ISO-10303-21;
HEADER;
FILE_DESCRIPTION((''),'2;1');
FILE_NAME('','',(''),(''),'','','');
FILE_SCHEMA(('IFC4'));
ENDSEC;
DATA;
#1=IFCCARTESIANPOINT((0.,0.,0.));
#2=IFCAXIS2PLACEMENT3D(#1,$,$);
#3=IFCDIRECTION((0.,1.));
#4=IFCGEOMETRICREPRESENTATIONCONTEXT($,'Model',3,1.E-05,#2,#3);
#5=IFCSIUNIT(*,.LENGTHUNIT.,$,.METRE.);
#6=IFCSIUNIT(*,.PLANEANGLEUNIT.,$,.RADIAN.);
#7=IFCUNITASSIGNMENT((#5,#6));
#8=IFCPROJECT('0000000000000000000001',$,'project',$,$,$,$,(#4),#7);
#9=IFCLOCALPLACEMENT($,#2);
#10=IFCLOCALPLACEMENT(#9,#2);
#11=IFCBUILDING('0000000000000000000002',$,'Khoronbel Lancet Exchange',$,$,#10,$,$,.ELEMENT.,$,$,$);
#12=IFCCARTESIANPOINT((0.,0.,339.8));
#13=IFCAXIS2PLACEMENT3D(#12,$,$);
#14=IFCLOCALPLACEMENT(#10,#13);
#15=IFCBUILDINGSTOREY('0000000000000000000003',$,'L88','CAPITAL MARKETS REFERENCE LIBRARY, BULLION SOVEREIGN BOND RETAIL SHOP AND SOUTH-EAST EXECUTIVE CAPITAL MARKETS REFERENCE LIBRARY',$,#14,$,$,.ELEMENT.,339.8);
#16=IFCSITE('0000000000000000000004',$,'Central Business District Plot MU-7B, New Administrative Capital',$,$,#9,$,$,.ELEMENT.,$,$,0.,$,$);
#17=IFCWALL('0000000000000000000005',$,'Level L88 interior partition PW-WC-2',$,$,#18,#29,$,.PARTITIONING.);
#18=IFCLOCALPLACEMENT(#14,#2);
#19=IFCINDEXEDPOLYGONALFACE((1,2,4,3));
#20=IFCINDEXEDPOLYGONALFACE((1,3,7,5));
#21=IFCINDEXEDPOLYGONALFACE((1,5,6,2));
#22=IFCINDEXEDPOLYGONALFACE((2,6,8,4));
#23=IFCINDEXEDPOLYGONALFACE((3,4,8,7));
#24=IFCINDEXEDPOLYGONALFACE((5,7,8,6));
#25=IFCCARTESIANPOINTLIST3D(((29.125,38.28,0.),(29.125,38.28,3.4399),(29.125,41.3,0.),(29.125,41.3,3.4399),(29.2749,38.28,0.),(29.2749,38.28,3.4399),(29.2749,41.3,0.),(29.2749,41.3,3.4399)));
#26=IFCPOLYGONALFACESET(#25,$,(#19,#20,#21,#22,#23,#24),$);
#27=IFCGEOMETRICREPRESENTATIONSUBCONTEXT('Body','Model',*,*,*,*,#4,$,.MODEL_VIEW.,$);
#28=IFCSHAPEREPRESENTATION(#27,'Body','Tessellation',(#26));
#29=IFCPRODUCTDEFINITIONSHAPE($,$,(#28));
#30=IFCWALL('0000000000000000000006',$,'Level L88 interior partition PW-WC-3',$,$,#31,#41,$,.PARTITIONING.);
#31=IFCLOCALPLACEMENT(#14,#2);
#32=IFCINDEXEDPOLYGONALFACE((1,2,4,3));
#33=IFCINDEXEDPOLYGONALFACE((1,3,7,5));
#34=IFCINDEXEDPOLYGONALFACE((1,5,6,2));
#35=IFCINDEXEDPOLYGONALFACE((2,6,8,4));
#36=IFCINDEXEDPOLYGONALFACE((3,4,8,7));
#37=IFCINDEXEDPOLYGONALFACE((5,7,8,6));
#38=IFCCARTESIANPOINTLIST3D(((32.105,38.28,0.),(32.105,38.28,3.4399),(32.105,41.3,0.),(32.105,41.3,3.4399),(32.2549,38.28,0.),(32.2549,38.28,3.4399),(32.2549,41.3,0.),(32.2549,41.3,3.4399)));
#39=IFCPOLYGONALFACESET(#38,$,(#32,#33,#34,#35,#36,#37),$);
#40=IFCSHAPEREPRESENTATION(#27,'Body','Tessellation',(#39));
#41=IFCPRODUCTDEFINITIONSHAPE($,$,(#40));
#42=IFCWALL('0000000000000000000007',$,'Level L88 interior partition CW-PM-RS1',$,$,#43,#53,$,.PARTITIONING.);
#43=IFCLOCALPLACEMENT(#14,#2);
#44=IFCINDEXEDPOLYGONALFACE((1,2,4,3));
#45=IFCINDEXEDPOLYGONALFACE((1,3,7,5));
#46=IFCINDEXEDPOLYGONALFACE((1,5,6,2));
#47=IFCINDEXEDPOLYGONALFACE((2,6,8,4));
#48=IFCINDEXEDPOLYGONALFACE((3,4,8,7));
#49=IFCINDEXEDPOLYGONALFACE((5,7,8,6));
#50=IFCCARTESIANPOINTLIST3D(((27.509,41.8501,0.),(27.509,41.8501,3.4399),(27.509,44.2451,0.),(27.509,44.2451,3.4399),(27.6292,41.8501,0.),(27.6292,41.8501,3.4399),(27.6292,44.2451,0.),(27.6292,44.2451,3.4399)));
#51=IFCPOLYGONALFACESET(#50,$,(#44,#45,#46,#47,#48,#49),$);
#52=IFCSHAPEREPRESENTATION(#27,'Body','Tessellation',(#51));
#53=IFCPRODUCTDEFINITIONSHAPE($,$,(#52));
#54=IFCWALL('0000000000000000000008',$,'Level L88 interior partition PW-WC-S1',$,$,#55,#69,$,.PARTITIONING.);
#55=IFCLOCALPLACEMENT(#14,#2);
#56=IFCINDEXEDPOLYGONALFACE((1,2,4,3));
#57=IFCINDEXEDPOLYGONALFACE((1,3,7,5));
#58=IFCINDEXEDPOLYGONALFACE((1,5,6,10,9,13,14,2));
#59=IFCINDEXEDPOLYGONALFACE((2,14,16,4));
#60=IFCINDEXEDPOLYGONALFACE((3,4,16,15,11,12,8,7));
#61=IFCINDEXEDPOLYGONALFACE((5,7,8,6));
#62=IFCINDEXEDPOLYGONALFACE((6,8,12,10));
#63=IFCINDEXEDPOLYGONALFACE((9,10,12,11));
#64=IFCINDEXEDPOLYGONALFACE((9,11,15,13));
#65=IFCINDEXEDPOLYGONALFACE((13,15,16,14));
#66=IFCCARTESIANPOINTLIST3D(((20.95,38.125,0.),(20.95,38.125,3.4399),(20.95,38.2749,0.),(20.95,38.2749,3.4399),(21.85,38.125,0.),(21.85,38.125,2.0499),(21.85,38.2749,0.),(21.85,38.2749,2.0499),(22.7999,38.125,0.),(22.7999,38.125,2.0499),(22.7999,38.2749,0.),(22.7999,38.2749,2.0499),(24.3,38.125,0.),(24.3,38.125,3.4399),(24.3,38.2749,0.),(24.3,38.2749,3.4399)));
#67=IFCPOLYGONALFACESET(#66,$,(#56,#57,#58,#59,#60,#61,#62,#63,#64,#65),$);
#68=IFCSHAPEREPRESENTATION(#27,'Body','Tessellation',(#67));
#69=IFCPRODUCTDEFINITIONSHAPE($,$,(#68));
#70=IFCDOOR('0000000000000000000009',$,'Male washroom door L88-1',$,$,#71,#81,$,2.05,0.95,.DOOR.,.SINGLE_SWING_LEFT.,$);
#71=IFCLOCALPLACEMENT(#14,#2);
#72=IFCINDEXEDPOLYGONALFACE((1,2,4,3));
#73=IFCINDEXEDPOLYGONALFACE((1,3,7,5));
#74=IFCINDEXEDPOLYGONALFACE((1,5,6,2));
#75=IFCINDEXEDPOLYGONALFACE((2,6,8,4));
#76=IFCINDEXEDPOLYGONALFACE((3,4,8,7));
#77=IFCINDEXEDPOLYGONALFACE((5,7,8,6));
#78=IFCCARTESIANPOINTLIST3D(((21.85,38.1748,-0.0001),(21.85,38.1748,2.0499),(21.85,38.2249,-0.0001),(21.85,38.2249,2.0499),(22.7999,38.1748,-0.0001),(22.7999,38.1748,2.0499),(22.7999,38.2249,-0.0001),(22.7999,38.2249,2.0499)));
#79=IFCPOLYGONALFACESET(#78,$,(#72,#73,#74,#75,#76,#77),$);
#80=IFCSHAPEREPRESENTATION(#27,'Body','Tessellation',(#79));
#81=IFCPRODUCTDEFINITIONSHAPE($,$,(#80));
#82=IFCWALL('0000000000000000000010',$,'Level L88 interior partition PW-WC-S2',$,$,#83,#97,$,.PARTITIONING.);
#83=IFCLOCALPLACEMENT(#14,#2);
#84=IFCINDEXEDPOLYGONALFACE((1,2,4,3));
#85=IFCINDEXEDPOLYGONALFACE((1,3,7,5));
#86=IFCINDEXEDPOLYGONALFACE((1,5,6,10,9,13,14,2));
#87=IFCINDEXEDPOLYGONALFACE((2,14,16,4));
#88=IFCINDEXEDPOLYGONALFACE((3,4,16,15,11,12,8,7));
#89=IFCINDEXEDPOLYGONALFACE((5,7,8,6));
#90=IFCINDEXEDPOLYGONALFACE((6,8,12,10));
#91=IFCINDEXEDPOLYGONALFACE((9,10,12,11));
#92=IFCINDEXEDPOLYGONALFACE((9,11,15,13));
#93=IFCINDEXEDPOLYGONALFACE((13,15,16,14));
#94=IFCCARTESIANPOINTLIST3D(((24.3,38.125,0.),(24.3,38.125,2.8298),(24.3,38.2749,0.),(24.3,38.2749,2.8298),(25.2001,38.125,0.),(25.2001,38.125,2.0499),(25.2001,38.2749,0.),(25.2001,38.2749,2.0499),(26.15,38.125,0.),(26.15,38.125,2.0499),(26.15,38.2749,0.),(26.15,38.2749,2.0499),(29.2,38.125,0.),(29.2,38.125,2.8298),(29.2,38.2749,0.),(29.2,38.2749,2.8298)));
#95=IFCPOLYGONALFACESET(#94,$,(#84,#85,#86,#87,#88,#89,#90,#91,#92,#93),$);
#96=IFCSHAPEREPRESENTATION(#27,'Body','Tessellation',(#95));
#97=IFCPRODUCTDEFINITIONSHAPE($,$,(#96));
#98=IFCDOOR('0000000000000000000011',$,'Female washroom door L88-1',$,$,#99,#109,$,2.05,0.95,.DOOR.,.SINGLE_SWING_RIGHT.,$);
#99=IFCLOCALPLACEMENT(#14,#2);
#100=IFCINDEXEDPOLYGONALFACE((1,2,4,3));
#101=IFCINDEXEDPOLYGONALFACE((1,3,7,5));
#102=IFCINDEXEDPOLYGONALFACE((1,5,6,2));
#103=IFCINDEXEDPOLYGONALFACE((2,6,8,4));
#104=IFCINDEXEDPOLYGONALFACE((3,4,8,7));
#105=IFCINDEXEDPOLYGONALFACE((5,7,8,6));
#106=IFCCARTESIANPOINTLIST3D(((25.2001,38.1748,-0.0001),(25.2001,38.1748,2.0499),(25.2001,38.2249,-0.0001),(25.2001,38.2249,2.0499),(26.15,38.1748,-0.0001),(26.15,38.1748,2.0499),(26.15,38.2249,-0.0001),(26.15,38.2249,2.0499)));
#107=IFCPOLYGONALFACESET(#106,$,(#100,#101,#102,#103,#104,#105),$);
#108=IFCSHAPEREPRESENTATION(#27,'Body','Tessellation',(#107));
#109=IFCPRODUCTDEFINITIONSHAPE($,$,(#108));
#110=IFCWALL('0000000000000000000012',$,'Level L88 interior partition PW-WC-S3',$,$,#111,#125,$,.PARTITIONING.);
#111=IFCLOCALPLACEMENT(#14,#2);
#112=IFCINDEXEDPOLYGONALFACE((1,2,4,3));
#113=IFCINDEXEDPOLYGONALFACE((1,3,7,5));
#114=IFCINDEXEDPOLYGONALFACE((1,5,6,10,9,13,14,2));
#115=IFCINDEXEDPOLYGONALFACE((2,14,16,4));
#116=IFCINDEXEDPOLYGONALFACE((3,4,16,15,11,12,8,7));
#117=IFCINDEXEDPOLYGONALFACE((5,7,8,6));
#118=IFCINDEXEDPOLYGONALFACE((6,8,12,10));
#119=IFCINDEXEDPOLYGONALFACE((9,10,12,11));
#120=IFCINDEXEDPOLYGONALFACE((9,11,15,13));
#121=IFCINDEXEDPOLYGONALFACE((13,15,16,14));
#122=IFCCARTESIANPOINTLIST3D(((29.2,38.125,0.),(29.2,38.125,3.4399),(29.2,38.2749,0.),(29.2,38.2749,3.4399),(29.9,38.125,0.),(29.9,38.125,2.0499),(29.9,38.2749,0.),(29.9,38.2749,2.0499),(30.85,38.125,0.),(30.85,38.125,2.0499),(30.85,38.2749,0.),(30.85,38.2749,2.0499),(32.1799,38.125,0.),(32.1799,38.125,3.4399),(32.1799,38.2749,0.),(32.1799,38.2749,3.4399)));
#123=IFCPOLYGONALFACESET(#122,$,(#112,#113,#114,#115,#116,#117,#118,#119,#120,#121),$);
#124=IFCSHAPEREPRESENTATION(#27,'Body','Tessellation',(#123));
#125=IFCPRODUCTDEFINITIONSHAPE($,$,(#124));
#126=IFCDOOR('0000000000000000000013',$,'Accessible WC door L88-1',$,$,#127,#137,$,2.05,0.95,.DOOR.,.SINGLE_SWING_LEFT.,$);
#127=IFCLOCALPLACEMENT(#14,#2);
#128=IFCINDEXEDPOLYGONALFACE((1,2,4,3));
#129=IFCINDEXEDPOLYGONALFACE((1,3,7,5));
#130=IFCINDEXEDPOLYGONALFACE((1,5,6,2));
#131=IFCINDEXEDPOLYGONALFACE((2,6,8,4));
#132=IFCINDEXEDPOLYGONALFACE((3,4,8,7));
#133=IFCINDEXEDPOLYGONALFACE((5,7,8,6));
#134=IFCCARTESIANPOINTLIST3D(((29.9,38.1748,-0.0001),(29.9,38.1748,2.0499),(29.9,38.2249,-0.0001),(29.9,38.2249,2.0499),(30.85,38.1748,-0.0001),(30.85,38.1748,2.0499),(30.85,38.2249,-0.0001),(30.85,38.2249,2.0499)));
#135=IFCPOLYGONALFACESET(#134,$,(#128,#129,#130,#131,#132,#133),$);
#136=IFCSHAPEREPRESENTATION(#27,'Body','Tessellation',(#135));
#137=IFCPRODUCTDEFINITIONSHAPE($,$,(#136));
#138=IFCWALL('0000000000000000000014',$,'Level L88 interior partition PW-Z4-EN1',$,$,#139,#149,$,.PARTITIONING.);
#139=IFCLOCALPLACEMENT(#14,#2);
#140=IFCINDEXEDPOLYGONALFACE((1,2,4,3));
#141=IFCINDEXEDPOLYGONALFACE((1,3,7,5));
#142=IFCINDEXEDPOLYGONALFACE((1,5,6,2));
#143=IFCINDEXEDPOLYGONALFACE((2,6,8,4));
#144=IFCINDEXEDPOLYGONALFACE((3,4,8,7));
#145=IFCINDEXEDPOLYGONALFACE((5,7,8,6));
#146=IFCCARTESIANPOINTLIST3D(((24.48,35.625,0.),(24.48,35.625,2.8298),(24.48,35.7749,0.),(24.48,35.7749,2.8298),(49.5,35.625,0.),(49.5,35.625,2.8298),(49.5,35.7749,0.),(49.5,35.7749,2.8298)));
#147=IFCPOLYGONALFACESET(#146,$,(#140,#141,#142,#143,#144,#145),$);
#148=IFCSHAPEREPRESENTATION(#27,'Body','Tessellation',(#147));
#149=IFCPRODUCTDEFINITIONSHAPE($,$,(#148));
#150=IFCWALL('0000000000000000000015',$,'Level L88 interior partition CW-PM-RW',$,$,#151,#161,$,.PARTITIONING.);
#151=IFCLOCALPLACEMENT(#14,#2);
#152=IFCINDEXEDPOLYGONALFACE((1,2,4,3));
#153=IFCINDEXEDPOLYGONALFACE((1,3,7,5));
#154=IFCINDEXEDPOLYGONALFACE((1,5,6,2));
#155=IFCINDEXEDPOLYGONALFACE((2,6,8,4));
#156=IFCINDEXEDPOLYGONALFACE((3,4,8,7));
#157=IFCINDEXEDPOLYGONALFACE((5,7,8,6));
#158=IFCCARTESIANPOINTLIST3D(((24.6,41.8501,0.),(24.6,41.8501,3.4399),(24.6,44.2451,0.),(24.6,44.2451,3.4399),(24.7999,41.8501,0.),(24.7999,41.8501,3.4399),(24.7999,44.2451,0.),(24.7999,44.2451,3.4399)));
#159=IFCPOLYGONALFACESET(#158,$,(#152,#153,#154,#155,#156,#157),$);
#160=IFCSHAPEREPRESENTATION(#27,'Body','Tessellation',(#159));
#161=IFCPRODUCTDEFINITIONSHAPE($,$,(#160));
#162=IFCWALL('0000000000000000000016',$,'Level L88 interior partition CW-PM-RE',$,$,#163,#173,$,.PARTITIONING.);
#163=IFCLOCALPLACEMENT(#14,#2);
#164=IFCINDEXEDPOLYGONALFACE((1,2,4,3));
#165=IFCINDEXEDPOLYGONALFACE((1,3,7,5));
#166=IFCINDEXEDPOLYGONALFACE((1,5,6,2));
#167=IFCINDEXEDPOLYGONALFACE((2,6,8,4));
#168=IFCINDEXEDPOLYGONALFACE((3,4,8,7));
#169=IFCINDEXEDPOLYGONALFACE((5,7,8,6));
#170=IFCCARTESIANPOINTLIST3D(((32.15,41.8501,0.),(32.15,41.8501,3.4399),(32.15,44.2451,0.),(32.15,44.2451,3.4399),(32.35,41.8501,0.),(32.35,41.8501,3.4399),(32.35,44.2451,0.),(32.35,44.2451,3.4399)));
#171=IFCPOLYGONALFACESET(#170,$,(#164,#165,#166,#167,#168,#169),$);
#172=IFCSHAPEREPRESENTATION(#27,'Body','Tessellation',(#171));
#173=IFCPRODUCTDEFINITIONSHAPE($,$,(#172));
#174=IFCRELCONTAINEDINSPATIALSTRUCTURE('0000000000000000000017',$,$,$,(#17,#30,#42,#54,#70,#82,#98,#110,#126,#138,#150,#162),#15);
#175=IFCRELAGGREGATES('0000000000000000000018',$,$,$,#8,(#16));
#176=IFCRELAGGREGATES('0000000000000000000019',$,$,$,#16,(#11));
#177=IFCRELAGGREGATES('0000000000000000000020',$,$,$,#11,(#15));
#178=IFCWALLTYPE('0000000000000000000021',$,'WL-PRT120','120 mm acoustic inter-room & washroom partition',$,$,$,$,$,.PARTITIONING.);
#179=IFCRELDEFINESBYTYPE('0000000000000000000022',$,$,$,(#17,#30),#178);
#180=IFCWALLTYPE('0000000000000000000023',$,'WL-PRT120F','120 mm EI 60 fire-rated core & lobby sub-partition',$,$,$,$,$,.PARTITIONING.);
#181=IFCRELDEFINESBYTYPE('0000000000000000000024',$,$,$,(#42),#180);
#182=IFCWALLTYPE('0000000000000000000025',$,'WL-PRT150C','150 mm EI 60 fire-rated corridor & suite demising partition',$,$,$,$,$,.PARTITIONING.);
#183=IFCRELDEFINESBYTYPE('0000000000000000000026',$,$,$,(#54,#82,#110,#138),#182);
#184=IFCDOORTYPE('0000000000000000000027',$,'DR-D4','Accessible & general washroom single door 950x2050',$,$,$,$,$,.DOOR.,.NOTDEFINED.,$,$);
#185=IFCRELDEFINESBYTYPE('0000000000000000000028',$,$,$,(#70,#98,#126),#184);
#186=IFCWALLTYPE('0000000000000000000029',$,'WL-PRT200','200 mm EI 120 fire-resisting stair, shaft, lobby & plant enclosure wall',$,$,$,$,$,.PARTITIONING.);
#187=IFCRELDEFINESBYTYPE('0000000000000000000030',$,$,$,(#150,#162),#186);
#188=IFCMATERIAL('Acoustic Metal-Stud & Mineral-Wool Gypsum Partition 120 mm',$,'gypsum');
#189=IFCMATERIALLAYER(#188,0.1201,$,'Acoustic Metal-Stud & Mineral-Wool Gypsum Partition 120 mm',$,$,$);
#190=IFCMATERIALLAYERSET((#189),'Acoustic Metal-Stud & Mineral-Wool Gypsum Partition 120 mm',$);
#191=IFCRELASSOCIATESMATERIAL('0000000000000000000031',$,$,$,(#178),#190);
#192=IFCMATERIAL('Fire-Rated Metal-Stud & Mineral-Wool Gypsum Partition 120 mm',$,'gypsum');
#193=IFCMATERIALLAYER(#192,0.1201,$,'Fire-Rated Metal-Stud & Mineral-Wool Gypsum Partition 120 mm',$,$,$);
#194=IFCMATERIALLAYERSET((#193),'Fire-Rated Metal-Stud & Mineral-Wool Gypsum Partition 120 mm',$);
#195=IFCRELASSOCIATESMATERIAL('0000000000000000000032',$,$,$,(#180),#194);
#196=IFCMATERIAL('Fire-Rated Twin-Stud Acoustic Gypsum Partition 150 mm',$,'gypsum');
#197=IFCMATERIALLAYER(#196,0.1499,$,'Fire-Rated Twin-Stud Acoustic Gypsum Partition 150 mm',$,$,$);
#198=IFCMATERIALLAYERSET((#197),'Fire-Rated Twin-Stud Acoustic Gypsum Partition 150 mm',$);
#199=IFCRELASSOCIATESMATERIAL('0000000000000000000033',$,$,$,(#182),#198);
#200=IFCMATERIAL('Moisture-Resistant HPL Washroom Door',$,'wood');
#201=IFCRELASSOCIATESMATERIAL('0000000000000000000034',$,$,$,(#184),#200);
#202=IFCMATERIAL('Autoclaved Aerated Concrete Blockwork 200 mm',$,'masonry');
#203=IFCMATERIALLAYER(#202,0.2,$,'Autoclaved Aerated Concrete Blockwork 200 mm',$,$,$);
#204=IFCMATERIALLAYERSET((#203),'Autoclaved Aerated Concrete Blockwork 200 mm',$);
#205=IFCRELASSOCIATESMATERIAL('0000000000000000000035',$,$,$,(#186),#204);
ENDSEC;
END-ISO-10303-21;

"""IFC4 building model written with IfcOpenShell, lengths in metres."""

from ifc_helpers import new_model, si_unit, direction, frame, frame_2d, origin, place, context, subcontext, project, spatial, rectangle, extrude, material, layer, layer_set, type_object, element, fill, save


model = new_model("IFC4")

# Units and contexts
model_context = context("Model", 3, precision=1e-05, world=origin(), true_north=direction((0.0, 1.0)))
body_context = subcontext(model_context, "Body", "Model", "MODEL_VIEW")
ifc_project = project(units=[si_unit("LENGTHUNIT", "METRE"), si_unit("PLANEANGLEUNIT", "RADIAN")], contexts=[model_context])

# Site, building, storey
site_placement = place(None, origin())
site = spatial("IfcSite", under=ifc_project, at=site_placement, Name="Central Business District Plot MU-7B, New Administrative Capital", CompositionType="ELEMENT", RefElevation=0.0)
building_placement = place(site_placement, origin())
building = spatial("IfcBuilding", under=site, at=building_placement, Name="Khoronbel Lancet Exchange", CompositionType="ELEMENT")
storey_placement = place(building_placement, frame((0.0, 0.0, 339.8)))
storey = spatial("IfcBuildingStorey", under=building, at=storey_placement, Name="L88", Description="CAPITAL MARKETS REFERENCE LIBRARY, BULLION SOVEREIGN BOND RETAIL SHOP AND SOUTH-EAST EXECUTIVE CAPITAL MARKETS REFERENCE LIBRARY", CompositionType="ELEMENT", Elevation=339.8)

# Walls
ifc_material_1 = material(Name="Acoustic Metal-Stud & Mineral-Wool Gypsum Partition 120 mm", Category="gypsum")
ifc_layer_1 = layer(ifc_material_1, 0.1201, Name="Acoustic Metal-Stud & Mineral-Wool Gypsum Partition 120 mm")
ifc_layer_set_1 = layer_set([ifc_layer_1], Name="Acoustic Metal-Stud & Mineral-Wool Gypsum Partition 120 mm")
wall_type_1 = type_object("IfcWallType", Name="WL-PRT120", Description="120 mm acoustic inter-room & washroom partition", PredefinedType="PARTITIONING", material=ifc_layer_set_1)
for number, where, z_axis, x_axis, name in (
    (1, (29.2, 38.28, 0.0), (0.0, 0.0, 1.0), (0.0, 1.0, 0.0), "Level L88 interior partition PW-WC-2"),
    (2, (32.1799, 38.28, 0.0), (0.0, 0.0, 1.0), (0.0, 1.0, 0.0), "Level L88 interior partition PW-WC-3"),
):
    element("IfcWall", number, at=place(storey_placement, frame(where, z_axis=z_axis, x_axis=x_axis)), inside=storey, type_object=wall_type_1, Name=name, PredefinedType="PARTITIONING", context=body_context, shape_type="SweptSolid", body=[
        extrude(rectangle(XDim=3.02, YDim=0.1499, at=frame_2d((1.51, 0.0))), origin(), (0.0, 0.0, 1.0), 3.4399),
    ])
ifc_material_2 = material(Name="Fire-Rated Metal-Stud & Mineral-Wool Gypsum Partition 120 mm", Category="gypsum")
ifc_layer_2 = layer(ifc_material_2, 0.1201, Name="Fire-Rated Metal-Stud & Mineral-Wool Gypsum Partition 120 mm")
ifc_layer_set_2 = layer_set([ifc_layer_2], Name="Fire-Rated Metal-Stud & Mineral-Wool Gypsum Partition 120 mm")
wall_type_2 = type_object("IfcWallType", Name="WL-PRT120F", Description="120 mm EI 60 fire-rated core & lobby sub-partition", PredefinedType="PARTITIONING", material=ifc_layer_set_2)
wall_1_placement = place(storey_placement, frame((27.5691, 41.8501, 0.0), z_axis=(0.0, 0.0, 1.0), x_axis=(0.0, 1.0, 0.0)))
element("IfcWall", 3, at=wall_1_placement, inside=storey, type_object=wall_type_2, Name="Level L88 interior partition CW-PM-RS1", PredefinedType="PARTITIONING", context=body_context, shape_type="SweptSolid", body=[
    extrude(rectangle(XDim=2.395, YDim=0.1201, at=frame_2d((1.1975, 0.0))), origin(), (0.0, 0.0, 1.0), 3.4399),
])

# Walls, openings, doors
ifc_material_3 = material(Name="Fire-Rated Twin-Stud Acoustic Gypsum Partition 150 mm", Category="gypsum")
ifc_layer_3 = layer(ifc_material_3, 0.1499, Name="Fire-Rated Twin-Stud Acoustic Gypsum Partition 150 mm")
ifc_layer_set_3 = layer_set([ifc_layer_3], Name="Fire-Rated Twin-Stud Acoustic Gypsum Partition 150 mm")
wall_type_3 = type_object("IfcWallType", Name="WL-PRT150C", Description="150 mm EI 60 fire-rated corridor & suite demising partition", PredefinedType="PARTITIONING", material=ifc_layer_set_3)
wall_2_placement = place(storey_placement, frame((20.95, 38.2, 0.0), z_axis=(0.0, 0.0, 1.0), x_axis=(1.0, 0.0, 0.0)))
wall_2 = element("IfcWall", 4, at=wall_2_placement, inside=storey, type_object=wall_type_3, Name="Level L88 interior partition PW-WC-S1", PredefinedType="PARTITIONING", context=body_context, shape_type="SweptSolid", body=[
    extrude(rectangle(XDim=3.3501, YDim=0.1499, at=frame_2d((1.675, 0.0))), origin(), (0.0, 0.0, 1.0), 3.4399),
])
opening_1_placement = place(wall_2_placement, frame((0.8999, 0.0, 0.0)))
opening_1 = element("IfcOpeningElement", 5, at=opening_1_placement, cuts=wall_2, PredefinedType="OPENING", context=body_context, shape_type="SweptSolid", body=[
    extrude(rectangle(XDim=0.95, YDim=2.05, at=frame_2d((0.4751, 1.0249))), frame((0.0, 0.085, 0.0), z_axis=(0.0, -1.0, 0.0), x_axis=(1.0, 0.0, 0.0)), (0.0, 0.0, 1.0), 0.1699),
])
ifc_material_4 = material(Name="Moisture-Resistant HPL Washroom Door", Category="wood")
door_type_1 = type_object("IfcDoorType", Name="DR-D4", Description="Accessible & general washroom single door 950x2050", OperationType="NOTDEFINED", PredefinedType="DOOR", material=ifc_material_4)
door_1_placement = place(opening_1_placement, origin())
door_1 = element("IfcDoor", 6, at=door_1_placement, inside=storey, type_object=door_type_1, Name="Male washroom door L88-1", OperationType="SINGLE_SWING_LEFT", OverallHeight=2.05, OverallWidth=0.95, PredefinedType="DOOR", context=body_context, shape_type="SweptSolid", body=[
    extrude(rectangle(XDim=0.95, YDim=2.05, at=frame_2d((0.4751, 1.0249))), frame((0.0, 0.0249, 0.0), z_axis=(0.0, -1.0, 0.0), x_axis=(1.0, 0.0, 0.0)), (0.0, 0.0, 1.0), 0.05),
])
fill(opening_1, door_1)
wall_3_placement = place(storey_placement, frame((24.3, 38.2, 0.0), z_axis=(0.0, 0.0, 1.0), x_axis=(1.0, 0.0, 0.0)))
wall_3 = element("IfcWall", 7, at=wall_3_placement, inside=storey, type_object=wall_type_3, Name="Level L88 interior partition PW-WC-S2", PredefinedType="PARTITIONING", context=body_context, shape_type="SweptSolid", body=[
    extrude(rectangle(XDim=4.8999, YDim=0.1499, at=frame_2d((2.45, 0.0))), origin(), (0.0, 0.0, 1.0), 2.8298),
])
opening_2_placement = place(wall_3_placement, frame((0.8999, 0.0, 0.0)))
opening_2 = element("IfcOpeningElement", 8, at=opening_2_placement, cuts=wall_3, PredefinedType="OPENING", context=body_context, shape_type="SweptSolid", body=[
    extrude(rectangle(XDim=0.95, YDim=2.05, at=frame_2d((0.4751, 1.0249))), frame((0.0, 0.085, 0.0), z_axis=(0.0, -1.0, 0.0), x_axis=(1.0, 0.0, 0.0)), (0.0, 0.0, 1.0), 0.1699),
])
door_2_placement = place(opening_2_placement, origin())
door_2 = element("IfcDoor", 9, at=door_2_placement, inside=storey, type_object=door_type_1, Name="Female washroom door L88-1", OperationType="SINGLE_SWING_RIGHT", OverallHeight=2.05, OverallWidth=0.95, PredefinedType="DOOR", context=body_context, shape_type="SweptSolid", body=[
    extrude(rectangle(XDim=0.95, YDim=2.05, at=frame_2d((0.4751, 1.0249))), frame((0.0, 0.0249, 0.0), z_axis=(0.0, -1.0, 0.0), x_axis=(1.0, 0.0, 0.0)), (0.0, 0.0, 1.0), 0.05),
])
fill(opening_2, door_2)
wall_4_placement = place(storey_placement, frame((29.2, 38.2, 0.0), z_axis=(0.0, 0.0, 1.0), x_axis=(1.0, 0.0, 0.0)))
wall_4 = element("IfcWall", 10, at=wall_4_placement, inside=storey, type_object=wall_type_3, Name="Level L88 interior partition PW-WC-S3", PredefinedType="PARTITIONING", context=body_context, shape_type="SweptSolid", body=[
    extrude(rectangle(XDim=2.98, YDim=0.1499, at=frame_2d((1.49, 0.0))), origin(), (0.0, 0.0, 1.0), 3.4399),
])
opening_3_placement = place(wall_4_placement, frame((0.7, 0.0, 0.0)))
opening_3 = element("IfcOpeningElement", 11, at=opening_3_placement, cuts=wall_4, PredefinedType="OPENING", context=body_context, shape_type="SweptSolid", body=[
    extrude(rectangle(XDim=0.95, YDim=2.05, at=frame_2d((0.4751, 1.0249))), frame((0.0, 0.085, 0.0), z_axis=(0.0, -1.0, 0.0), x_axis=(1.0, 0.0, 0.0)), (0.0, 0.0, 1.0), 0.1699),
])
door_3_placement = place(opening_3_placement, origin())
door_3 = element("IfcDoor", 12, at=door_3_placement, inside=storey, type_object=door_type_1, Name="Accessible WC door L88-1", OperationType="SINGLE_SWING_LEFT", OverallHeight=2.05, OverallWidth=0.95, PredefinedType="DOOR", context=body_context, shape_type="SweptSolid", body=[
    extrude(rectangle(XDim=0.95, YDim=2.05, at=frame_2d((0.4751, 1.0249))), frame((0.0, 0.0249, 0.0), z_axis=(0.0, -1.0, 0.0), x_axis=(1.0, 0.0, 0.0)), (0.0, 0.0, 1.0), 0.05),
])
fill(opening_3, door_3)

# Wall
wall_5_placement = place(storey_placement, frame((24.48, 35.7, 0.0), z_axis=(0.0, 0.0, 1.0), x_axis=(1.0, 0.0, 0.0)))
element("IfcWall", 13, at=wall_5_placement, inside=storey, type_object=wall_type_3, Name="Level L88 interior partition PW-Z4-EN1", PredefinedType="PARTITIONING", context=body_context, shape_type="SweptSolid", body=[
    extrude(rectangle(XDim=25.02, YDim=0.1499, at=frame_2d((12.51, 0.0))), origin(), (0.0, 0.0, 1.0), 2.8298),
])

# Shared definitions
ifc_material_5 = material(Name="Autoclaved Aerated Concrete Blockwork 200 mm", Category="masonry")
ifc_layer_4 = layer(ifc_material_5, 0.2, Name="Autoclaved Aerated Concrete Blockwork 200 mm")
ifc_layer_set_4 = layer_set([ifc_layer_4], Name="Autoclaved Aerated Concrete Blockwork 200 mm")
wall_type_4 = type_object("IfcWallType", Name="WL-PRT200", Description="200 mm EI 120 fire-resisting stair, shaft, lobby & plant enclosure wall", PredefinedType="PARTITIONING", material=ifc_layer_set_4)

# Walls
for number, where, z_axis, x_axis, name in (
    (14, (24.7, 41.8501, 0.0), (0.0, 0.0, 1.0), (0.0, 1.0, 0.0), "Level L88 interior partition CW-PM-RW"),
    (15, (32.25, 41.8501, 0.0), (0.0, 0.0, 1.0), (0.0, 1.0, 0.0), "Level L88 interior partition CW-PM-RE"),
):
    element("IfcWall", number, at=place(storey_placement, frame(where, z_axis=z_axis, x_axis=x_axis)), inside=storey, type_object=wall_type_4, Name=name, PredefinedType="PARTITIONING", context=body_context, shape_type="SweptSolid", body=[
        extrude(rectangle(XDim=2.395, YDim=0.2, at=frame_2d((1.1975, 0.0))), origin(), (0.0, 0.0, 1.0), 3.4399),
    ])

save(model, "model.ifc")
